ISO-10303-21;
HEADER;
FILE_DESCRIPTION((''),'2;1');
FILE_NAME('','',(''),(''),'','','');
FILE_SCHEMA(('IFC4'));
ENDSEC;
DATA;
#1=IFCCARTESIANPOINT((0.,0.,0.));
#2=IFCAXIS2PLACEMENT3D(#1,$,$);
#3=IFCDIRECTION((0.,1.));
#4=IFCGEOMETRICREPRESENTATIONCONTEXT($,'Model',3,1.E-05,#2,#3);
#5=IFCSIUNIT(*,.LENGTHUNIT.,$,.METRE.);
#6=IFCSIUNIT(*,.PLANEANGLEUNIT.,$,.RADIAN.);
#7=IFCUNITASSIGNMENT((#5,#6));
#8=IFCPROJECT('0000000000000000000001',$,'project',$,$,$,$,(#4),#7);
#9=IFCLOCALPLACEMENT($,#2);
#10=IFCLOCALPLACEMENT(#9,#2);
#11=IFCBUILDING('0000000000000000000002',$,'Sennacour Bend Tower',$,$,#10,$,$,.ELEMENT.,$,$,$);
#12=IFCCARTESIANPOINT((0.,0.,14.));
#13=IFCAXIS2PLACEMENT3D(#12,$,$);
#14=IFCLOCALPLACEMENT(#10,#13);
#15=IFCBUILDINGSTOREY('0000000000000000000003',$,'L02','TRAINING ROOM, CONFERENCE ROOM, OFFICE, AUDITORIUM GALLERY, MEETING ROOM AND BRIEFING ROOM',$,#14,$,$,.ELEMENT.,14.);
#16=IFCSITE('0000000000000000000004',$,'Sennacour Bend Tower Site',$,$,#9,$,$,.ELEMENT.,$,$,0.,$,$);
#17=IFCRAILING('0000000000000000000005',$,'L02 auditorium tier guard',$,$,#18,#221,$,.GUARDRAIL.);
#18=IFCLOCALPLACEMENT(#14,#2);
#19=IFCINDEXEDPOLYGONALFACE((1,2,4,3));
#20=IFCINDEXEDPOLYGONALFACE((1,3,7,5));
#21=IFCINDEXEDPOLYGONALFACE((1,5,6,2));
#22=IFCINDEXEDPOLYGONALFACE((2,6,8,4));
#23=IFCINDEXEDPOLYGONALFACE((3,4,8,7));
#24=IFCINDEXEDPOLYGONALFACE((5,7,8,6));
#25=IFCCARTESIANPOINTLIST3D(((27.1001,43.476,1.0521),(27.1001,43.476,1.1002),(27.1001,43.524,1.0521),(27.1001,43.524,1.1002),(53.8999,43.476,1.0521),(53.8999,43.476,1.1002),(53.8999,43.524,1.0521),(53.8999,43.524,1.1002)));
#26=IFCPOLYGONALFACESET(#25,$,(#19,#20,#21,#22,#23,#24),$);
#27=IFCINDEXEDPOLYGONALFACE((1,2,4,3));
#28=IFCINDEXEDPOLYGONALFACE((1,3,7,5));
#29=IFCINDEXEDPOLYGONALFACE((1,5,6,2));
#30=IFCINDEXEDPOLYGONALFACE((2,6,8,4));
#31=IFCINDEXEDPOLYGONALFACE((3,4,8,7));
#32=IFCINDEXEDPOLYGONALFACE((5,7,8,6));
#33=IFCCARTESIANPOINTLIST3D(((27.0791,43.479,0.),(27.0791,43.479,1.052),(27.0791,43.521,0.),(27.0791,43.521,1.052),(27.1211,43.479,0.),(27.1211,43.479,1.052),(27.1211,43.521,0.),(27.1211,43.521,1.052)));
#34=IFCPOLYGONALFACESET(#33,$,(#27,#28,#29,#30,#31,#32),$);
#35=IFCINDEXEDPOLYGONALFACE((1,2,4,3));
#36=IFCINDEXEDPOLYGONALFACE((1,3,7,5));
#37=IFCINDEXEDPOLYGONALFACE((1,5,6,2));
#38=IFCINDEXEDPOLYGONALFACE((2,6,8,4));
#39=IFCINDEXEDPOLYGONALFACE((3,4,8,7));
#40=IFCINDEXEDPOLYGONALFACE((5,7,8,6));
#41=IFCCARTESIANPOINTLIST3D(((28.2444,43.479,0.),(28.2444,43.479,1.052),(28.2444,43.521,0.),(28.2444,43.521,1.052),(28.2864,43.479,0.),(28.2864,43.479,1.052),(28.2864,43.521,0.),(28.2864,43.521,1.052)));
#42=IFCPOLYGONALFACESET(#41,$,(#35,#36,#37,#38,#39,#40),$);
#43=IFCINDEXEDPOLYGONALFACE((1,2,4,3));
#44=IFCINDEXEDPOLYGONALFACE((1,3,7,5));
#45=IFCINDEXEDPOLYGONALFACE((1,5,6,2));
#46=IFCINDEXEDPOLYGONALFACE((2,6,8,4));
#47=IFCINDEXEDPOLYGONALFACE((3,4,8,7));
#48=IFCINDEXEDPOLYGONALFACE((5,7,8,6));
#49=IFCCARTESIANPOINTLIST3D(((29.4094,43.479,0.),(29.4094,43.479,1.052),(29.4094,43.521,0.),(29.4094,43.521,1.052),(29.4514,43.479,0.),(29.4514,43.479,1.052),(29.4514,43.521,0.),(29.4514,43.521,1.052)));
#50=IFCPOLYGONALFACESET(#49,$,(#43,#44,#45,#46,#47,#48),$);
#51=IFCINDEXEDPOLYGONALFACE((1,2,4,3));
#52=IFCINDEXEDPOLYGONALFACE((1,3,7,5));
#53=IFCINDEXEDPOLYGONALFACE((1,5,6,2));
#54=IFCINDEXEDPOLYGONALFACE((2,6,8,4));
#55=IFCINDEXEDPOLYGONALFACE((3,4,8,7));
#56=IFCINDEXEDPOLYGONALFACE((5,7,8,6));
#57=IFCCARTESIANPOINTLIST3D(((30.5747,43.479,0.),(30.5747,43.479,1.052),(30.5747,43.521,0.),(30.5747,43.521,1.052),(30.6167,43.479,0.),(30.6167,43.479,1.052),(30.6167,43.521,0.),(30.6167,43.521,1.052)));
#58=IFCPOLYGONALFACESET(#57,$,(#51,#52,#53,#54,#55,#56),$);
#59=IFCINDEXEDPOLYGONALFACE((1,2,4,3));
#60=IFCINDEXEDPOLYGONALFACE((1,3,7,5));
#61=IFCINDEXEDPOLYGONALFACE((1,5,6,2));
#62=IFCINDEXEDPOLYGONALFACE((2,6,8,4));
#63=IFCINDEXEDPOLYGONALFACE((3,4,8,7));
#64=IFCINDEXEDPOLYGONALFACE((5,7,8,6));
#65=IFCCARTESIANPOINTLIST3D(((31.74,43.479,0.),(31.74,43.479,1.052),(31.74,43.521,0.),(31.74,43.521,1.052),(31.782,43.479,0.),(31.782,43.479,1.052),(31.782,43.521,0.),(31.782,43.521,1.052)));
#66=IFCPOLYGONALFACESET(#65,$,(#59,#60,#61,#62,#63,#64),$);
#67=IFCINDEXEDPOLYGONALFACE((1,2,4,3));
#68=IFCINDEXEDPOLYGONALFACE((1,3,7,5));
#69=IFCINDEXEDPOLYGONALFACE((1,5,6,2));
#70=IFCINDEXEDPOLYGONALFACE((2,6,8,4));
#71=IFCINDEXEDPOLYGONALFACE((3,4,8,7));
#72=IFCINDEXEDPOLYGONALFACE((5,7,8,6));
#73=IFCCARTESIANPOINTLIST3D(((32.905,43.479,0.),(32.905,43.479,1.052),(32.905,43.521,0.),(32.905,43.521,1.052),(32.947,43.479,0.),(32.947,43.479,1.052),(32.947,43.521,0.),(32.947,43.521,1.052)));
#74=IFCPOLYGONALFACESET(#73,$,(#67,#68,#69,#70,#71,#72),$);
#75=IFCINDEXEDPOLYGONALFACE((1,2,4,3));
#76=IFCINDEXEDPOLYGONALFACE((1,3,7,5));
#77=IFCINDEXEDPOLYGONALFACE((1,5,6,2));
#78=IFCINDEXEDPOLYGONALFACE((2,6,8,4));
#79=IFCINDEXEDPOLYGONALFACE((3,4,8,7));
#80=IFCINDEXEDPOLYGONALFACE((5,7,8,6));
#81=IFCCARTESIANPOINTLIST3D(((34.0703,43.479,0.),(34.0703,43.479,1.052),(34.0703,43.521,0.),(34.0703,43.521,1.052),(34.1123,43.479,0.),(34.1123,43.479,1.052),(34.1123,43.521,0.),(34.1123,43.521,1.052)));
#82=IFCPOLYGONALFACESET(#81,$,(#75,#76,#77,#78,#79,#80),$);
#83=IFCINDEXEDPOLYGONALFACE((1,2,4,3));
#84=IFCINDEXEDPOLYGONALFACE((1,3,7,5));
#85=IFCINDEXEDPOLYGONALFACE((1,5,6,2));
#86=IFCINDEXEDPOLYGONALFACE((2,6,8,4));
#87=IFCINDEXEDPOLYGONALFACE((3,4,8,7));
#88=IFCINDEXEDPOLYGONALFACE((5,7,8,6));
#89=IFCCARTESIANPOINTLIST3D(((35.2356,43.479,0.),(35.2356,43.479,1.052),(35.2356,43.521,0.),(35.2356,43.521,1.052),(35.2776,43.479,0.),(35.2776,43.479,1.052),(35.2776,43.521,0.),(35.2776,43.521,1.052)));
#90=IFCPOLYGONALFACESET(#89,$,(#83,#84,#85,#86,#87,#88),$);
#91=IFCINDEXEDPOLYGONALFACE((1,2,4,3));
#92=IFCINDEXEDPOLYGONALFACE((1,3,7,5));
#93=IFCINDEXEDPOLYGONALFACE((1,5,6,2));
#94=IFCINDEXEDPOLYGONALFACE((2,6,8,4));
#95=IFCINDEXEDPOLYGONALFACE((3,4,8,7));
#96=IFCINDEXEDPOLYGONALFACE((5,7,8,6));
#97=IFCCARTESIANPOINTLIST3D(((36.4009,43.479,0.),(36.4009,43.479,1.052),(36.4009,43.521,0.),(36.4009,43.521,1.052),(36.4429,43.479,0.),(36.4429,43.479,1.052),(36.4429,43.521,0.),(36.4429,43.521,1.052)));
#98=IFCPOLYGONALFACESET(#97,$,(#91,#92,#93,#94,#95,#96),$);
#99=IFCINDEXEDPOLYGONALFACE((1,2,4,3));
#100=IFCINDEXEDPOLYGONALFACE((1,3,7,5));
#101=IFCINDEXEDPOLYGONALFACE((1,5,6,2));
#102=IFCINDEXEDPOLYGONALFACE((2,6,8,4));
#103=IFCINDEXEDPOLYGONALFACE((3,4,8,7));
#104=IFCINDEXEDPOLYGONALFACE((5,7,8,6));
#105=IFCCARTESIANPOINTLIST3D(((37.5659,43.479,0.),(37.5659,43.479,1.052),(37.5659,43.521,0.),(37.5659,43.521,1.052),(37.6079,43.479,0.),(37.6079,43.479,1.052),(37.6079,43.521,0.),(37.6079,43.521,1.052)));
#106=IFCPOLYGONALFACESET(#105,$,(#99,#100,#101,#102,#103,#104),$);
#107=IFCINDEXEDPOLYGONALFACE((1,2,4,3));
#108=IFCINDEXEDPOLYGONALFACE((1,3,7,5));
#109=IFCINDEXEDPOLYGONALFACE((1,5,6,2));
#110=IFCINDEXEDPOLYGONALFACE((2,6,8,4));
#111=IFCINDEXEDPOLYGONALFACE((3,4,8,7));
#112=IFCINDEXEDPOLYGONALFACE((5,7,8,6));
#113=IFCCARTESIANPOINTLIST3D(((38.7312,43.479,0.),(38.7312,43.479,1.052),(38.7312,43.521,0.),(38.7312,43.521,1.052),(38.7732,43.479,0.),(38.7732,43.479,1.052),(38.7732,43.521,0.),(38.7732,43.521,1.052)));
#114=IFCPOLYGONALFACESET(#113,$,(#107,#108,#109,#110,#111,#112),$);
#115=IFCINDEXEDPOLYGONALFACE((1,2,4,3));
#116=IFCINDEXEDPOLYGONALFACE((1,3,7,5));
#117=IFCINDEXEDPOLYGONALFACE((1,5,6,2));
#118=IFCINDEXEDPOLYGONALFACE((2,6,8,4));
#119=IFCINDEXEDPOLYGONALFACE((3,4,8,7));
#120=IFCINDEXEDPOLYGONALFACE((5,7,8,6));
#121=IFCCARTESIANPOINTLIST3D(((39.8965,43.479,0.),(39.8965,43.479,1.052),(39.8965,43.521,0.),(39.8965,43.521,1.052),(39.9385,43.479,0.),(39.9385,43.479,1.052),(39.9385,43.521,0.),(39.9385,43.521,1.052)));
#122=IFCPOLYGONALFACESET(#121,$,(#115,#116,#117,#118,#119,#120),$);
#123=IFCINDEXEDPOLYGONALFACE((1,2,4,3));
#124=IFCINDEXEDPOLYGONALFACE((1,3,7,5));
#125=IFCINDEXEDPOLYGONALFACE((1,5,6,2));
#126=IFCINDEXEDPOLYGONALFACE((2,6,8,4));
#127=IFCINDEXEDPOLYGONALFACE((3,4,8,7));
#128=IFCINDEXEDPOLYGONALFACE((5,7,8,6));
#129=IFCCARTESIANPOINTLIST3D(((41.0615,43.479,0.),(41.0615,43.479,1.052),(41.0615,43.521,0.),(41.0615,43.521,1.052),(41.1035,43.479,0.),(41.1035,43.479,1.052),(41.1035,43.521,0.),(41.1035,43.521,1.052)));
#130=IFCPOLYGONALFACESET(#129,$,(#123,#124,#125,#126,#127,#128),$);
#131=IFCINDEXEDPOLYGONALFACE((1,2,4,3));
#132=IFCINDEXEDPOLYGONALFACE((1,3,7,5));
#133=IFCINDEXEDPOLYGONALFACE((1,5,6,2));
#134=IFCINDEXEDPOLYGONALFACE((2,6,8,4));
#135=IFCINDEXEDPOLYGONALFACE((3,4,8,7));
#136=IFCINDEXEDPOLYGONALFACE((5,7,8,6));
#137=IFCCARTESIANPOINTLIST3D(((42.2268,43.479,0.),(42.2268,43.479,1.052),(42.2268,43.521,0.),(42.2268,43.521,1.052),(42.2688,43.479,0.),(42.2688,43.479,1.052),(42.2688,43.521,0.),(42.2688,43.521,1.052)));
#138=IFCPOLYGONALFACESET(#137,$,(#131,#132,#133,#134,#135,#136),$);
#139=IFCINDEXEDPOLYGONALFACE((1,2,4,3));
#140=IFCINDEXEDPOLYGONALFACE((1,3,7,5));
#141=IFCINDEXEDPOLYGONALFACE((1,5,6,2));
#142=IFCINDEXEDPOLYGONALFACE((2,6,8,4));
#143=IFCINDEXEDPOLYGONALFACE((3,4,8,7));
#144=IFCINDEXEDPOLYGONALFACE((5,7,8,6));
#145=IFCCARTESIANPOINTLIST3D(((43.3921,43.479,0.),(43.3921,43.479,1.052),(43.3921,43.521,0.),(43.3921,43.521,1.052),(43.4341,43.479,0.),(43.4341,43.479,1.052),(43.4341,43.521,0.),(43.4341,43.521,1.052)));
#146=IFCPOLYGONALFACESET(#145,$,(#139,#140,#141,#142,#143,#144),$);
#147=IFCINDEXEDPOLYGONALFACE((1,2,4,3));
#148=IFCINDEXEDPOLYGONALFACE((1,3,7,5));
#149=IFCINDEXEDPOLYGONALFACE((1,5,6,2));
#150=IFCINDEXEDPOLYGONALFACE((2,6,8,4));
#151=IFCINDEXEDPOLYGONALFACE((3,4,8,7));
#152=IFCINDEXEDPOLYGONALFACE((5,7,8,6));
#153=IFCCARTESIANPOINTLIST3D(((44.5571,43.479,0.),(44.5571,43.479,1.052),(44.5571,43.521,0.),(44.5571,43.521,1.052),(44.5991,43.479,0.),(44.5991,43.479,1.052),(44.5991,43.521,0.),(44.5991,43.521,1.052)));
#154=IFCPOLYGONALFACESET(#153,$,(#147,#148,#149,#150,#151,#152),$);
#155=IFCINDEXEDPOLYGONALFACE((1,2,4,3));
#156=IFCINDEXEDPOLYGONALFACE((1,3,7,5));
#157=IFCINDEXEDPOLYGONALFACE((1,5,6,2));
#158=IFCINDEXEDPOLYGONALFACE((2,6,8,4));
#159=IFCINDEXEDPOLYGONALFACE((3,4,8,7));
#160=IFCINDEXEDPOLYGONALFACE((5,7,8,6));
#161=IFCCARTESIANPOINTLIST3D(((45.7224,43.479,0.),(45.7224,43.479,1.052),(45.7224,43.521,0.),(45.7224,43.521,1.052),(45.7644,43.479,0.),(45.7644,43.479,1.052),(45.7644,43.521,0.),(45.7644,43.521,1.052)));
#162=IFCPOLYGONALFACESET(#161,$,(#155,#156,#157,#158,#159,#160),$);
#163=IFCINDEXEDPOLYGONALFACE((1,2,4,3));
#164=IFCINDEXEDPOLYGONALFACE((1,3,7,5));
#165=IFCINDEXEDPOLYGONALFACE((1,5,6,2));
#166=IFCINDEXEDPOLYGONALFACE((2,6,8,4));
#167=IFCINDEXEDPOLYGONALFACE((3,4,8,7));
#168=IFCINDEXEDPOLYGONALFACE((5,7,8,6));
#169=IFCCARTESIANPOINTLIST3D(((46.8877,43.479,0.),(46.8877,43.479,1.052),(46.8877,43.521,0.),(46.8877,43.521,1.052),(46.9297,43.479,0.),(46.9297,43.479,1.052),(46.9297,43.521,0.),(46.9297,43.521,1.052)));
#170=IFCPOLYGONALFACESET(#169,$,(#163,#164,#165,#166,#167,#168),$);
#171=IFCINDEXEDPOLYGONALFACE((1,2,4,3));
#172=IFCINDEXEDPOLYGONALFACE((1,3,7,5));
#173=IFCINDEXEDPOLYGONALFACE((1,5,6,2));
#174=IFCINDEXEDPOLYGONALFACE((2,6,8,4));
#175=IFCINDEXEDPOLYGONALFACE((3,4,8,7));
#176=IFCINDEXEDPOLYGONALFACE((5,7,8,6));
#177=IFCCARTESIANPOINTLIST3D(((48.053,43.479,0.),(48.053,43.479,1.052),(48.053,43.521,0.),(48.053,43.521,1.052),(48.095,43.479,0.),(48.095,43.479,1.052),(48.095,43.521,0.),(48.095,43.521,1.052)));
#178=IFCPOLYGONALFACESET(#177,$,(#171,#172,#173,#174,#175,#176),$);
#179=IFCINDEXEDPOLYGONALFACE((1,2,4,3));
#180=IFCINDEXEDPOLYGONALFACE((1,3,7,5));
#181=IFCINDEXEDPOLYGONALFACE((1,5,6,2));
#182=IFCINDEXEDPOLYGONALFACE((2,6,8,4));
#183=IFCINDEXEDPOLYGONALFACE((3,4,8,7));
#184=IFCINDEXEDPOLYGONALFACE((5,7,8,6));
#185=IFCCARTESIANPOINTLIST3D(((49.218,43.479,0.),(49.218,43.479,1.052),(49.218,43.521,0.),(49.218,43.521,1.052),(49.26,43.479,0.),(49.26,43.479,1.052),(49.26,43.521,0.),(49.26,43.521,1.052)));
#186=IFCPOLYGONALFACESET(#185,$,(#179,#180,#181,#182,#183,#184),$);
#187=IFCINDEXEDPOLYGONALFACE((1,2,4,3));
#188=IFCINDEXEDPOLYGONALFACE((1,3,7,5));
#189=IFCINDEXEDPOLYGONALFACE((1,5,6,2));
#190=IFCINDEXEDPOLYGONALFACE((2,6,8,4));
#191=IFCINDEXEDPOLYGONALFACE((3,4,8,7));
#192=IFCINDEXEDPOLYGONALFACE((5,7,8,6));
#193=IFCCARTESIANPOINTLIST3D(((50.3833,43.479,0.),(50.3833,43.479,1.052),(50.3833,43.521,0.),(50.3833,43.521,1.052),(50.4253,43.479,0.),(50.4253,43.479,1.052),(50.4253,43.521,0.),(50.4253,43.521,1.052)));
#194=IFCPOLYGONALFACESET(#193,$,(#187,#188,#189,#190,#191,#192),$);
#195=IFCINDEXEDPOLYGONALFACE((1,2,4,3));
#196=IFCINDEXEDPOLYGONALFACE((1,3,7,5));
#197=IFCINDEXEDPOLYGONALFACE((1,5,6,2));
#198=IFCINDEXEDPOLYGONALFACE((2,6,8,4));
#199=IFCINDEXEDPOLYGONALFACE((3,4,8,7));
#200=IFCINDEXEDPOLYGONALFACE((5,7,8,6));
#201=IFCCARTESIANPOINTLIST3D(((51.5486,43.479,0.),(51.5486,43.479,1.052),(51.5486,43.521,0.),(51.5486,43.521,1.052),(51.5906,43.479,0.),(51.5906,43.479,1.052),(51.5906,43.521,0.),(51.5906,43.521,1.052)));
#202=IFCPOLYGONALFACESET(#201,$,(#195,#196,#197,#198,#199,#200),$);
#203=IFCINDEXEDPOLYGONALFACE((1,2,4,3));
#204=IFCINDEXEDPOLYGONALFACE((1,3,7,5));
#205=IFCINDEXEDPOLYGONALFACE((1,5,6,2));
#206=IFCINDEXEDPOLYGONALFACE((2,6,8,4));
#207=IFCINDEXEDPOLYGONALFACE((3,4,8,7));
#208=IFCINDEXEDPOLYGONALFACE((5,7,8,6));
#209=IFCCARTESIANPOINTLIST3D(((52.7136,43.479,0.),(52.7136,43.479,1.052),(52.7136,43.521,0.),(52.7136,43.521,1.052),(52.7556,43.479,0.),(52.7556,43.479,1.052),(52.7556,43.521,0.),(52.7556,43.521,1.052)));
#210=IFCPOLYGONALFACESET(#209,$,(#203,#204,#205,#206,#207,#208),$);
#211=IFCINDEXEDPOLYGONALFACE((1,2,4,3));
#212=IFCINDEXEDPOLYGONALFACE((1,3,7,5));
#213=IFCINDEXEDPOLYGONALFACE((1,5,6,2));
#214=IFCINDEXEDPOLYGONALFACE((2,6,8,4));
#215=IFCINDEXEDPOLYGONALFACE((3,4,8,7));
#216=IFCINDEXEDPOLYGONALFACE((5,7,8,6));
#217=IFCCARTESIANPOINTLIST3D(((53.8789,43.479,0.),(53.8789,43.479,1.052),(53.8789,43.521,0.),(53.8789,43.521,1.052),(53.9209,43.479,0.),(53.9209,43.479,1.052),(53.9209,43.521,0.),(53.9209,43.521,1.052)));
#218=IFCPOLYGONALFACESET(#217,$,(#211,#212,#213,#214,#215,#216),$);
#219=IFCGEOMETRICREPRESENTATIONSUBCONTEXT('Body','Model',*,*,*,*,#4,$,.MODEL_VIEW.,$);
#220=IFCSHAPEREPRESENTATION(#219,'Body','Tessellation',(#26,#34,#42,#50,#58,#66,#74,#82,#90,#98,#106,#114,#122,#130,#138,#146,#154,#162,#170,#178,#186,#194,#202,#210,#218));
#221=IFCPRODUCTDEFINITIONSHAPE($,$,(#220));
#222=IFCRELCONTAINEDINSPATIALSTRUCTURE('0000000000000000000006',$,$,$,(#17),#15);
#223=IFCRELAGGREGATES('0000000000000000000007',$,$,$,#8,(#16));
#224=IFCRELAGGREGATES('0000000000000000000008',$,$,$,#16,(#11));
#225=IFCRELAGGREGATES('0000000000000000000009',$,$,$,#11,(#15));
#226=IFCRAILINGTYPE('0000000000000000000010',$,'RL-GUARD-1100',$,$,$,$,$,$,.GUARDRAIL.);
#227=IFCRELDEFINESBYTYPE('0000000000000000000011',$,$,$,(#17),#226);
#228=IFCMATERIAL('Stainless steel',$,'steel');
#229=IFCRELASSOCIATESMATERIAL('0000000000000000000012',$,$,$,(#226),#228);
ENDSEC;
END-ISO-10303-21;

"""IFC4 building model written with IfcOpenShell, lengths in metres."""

from ifc_helpers import new_model, si_unit, direction, frame, origin, origin_2d, place, context, subcontext, project, spatial, rectangle, extrude, material, type_object, element, save


model = new_model("IFC4")

# Units and contexts
model_context = context("Model", 3, precision=1e-05, world=origin(), true_north=direction((0.0, 1.0)))
body_context = subcontext(model_context, "Body", "Model", "MODEL_VIEW")
ifc_project = project(units=[si_unit("LENGTHUNIT", "METRE"), si_unit("PLANEANGLEUNIT", "RADIAN")], contexts=[model_context])

# Site, building, storey
site_placement = place(None, origin())
site = spatial("IfcSite", under=ifc_project, at=site_placement, Name="Sennacour Bend Tower Site", CompositionType="ELEMENT", RefElevation=0.0)
building_placement = place(site_placement, origin())
building = spatial("IfcBuilding", under=site, at=building_placement, Name="Sennacour Bend Tower", CompositionType="ELEMENT")
storey_placement = place(building_placement, frame((0.0, 0.0, 14.0)))
storey = spatial("IfcBuildingStorey", under=building, at=storey_placement, Name="L02", Description="TRAINING ROOM, CONFERENCE ROOM, OFFICE, AUDITORIUM GALLERY, MEETING ROOM AND BRIEFING ROOM", CompositionType="ELEMENT", Elevation=14.0)

# Railing
ifc_material_1 = material(Name="Stainless steel", Category="steel")
railing_type = type_object("IfcRailingType", Name="RL-GUARD-1100", PredefinedType="GUARDRAIL", material=ifc_material_1)
railing_placement = place(storey_placement, frame((27.1001, 43.5, 0.0)))
element("IfcRailing", 1, at=railing_placement, inside=storey, type_object=railing_type, Name="L02 auditorium tier guard", PredefinedType="GUARDRAIL", context=body_context, shape_type="SweptSolid", body=[
    extrude(rectangle(XDim=0.0481, YDim=0.0481, at=origin_2d()), frame((0.0, 0.0, 1.0762), z_axis=(1.0, 0.0, 0.0), x_axis=(0.0, 1.0, 0.0)), (0.0, 0.0, 1.0), 26.7998),
    extrude(rectangle(XDim=0.042, YDim=0.042, at=origin_2d()), origin(), (0.0, 0.0, 1.0), 1.052),
    extrude(rectangle(XDim=0.042, YDim=0.042, at=origin_2d()), frame((1.1653, 0.0, 0.0)), (0.0, 0.0, 1.0), 1.052),
    extrude(rectangle(XDim=0.042, YDim=0.042, at=origin_2d()), frame((2.3303, 0.0, 0.0)), (0.0, 0.0, 1.0), 1.052),
    extrude(rectangle(XDim=0.042, YDim=0.042, at=origin_2d()), frame((3.4956, 0.0, 0.0)), (0.0, 0.0, 1.0), 1.052),
    extrude(rectangle(XDim=0.042, YDim=0.042, at=origin_2d()), frame((4.6609, 0.0, 0.0)), (0.0, 0.0, 1.0), 1.052),
    extrude(rectangle(XDim=0.042, YDim=0.042, at=origin_2d()), frame((5.8259, 0.0, 0.0)), (0.0, 0.0, 1.0), 1.052),
    extrude(rectangle(XDim=0.042, YDim=0.042, at=origin_2d()), frame((6.9912, 0.0, 0.0)), (0.0, 0.0, 1.0), 1.052),
    extrude(rectangle(XDim=0.042, YDim=0.042, at=origin_2d()), frame((8.1565, 0.0, 0.0)), (0.0, 0.0, 1.0), 1.052),
    extrude(rectangle(XDim=0.042, YDim=0.042, at=origin_2d()), frame((9.3218, 0.0, 0.0)), (0.0, 0.0, 1.0), 1.052),
    extrude(rectangle(XDim=0.042, YDim=0.042, at=origin_2d()), frame((10.4868, 0.0, 0.0)), (0.0, 0.0, 1.0), 1.052),
    extrude(rectangle(XDim=0.042, YDim=0.042, at=origin_2d()), frame((11.6521, 0.0, 0.0)), (0.0, 0.0, 1.0), 1.052),
    extrude(rectangle(XDim=0.042, YDim=0.042, at=origin_2d()), frame((12.8174, 0.0, 0.0)), (0.0, 0.0, 1.0), 1.052),
    extrude(rectangle(XDim=0.042, YDim=0.042, at=origin_2d()), frame((13.9824, 0.0, 0.0)), (0.0, 0.0, 1.0), 1.052),
    extrude(rectangle(XDim=0.042, YDim=0.042, at=origin_2d()), frame((15.1477, 0.0, 0.0)), (0.0, 0.0, 1.0), 1.052),
    extrude(rectangle(XDim=0.042, YDim=0.042, at=origin_2d()), frame((16.313, 0.0, 0.0)), (0.0, 0.0, 1.0), 1.052),
    extrude(rectangle(XDim=0.042, YDim=0.042, at=origin_2d()), frame((17.478, 0.0, 0.0)), (0.0, 0.0, 1.0), 1.052),
    extrude(rectangle(XDim=0.042, YDim=0.042, at=origin_2d()), frame((18.6433, 0.0, 0.0)), (0.0, 0.0, 1.0), 1.052),
    extrude(rectangle(XDim=0.042, YDim=0.042, at=origin_2d()), frame((19.8086, 0.0, 0.0)), (0.0, 0.0, 1.0), 1.052),
    extrude(rectangle(XDim=0.042, YDim=0.042, at=origin_2d()), frame((20.9739, 0.0, 0.0)), (0.0, 0.0, 1.0), 1.052),
    extrude(rectangle(XDim=0.042, YDim=0.042, at=origin_2d()), frame((22.1389, 0.0, 0.0)), (0.0, 0.0, 1.0), 1.052),
    extrude(rectangle(XDim=0.042, YDim=0.042, at=origin_2d()), frame((23.3042, 0.0, 0.0)), (0.0, 0.0, 1.0), 1.052),
    extrude(rectangle(XDim=0.042, YDim=0.042, at=origin_2d()), frame((24.4695, 0.0, 0.0)), (0.0, 0.0, 1.0), 1.052),
    extrude(rectangle(XDim=0.042, YDim=0.042, at=origin_2d()), frame((25.6345, 0.0, 0.0)), (0.0, 0.0, 1.0), 1.052),
    extrude(rectangle(XDim=0.042, YDim=0.042, at=origin_2d()), frame((26.7998, 0.0, 0.0)), (0.0, 0.0, 1.0), 1.052),
])

save(model, "model.ifc")
